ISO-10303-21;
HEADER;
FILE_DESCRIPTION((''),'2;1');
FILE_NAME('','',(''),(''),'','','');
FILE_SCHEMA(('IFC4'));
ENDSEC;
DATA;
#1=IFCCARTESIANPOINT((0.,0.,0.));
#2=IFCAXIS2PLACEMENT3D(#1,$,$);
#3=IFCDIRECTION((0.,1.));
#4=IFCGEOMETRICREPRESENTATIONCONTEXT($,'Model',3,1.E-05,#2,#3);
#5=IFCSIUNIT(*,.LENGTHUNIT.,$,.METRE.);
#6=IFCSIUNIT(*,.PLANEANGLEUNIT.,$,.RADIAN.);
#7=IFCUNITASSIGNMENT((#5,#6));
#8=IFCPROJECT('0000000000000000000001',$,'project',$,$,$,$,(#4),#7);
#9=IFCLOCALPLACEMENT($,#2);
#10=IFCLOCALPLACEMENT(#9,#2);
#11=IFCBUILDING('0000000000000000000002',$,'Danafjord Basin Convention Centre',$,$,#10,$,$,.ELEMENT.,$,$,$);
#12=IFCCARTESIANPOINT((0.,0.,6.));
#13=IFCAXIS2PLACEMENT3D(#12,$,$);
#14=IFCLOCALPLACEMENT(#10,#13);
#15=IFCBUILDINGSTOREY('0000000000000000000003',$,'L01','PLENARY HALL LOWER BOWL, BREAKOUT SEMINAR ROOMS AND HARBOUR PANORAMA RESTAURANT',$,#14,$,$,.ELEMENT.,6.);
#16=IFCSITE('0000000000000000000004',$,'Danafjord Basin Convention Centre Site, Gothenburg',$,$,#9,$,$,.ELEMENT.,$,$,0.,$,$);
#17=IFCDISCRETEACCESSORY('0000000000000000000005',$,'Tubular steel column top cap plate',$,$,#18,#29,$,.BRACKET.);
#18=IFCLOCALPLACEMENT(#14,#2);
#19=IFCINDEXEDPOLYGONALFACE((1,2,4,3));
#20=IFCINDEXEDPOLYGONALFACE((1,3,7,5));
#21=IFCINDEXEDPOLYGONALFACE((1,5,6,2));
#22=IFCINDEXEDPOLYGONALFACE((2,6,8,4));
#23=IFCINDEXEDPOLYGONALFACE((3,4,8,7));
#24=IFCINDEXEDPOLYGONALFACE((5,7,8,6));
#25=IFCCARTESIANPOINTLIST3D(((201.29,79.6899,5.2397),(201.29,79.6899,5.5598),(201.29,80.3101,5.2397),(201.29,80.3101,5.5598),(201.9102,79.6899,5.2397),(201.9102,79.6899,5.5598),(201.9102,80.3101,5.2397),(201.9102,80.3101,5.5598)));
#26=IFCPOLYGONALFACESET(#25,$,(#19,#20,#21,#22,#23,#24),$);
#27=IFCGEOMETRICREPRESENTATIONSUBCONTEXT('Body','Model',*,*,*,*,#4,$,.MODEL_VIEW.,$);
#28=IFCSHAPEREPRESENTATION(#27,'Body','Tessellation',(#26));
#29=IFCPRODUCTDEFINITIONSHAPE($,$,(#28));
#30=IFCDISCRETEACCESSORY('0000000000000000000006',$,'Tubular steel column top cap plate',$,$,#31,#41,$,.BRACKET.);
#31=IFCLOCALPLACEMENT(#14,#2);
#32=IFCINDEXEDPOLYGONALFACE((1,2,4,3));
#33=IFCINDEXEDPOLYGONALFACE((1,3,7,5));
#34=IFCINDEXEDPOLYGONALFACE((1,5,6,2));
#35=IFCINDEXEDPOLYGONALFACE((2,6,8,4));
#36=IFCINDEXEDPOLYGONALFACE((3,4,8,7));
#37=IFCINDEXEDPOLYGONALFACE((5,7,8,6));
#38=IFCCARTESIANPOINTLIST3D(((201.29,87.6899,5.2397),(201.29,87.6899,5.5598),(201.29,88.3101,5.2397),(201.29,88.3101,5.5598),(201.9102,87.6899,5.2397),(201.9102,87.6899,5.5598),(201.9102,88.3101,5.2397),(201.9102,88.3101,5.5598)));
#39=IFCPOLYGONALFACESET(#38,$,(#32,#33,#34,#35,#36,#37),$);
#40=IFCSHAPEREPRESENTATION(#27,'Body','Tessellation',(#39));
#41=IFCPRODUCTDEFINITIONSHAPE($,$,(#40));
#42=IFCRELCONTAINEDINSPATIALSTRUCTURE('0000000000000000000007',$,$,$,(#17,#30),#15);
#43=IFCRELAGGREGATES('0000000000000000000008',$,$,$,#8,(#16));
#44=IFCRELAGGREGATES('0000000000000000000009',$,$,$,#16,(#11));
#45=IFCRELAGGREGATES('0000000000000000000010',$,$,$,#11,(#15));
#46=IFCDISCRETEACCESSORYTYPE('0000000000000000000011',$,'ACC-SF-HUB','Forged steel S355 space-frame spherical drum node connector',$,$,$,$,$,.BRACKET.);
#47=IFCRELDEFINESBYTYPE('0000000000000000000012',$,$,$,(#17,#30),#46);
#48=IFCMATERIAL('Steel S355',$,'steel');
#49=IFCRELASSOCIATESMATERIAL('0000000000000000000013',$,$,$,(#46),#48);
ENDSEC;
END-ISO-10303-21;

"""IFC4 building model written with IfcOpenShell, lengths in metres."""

from ifc_helpers import new_model, si_unit, direction, frame, origin, origin_2d, place, context, subcontext, project, spatial, rectangle, extrude, material, type_object, element, save


model = new_model("IFC4")

# Units and contexts
model_context = context("Model", 3, precision=1e-05, world=origin(), true_north=direction((0.0, 1.0)))
body_context = subcontext(model_context, "Body", "Model", "MODEL_VIEW")
ifc_project = project(units=[si_unit("LENGTHUNIT", "METRE"), si_unit("PLANEANGLEUNIT", "RADIAN")], contexts=[model_context])

# Site, building, storey
site_placement = place(None, origin())
site = spatial("IfcSite", under=ifc_project, at=site_placement, Name="Danafjord Basin Convention Centre Site, Gothenburg", CompositionType="ELEMENT", RefElevation=0.0)
building_placement = place(site_placement, origin())
building = spatial("IfcBuilding", under=site, at=building_placement, Name="Danafjord Basin Convention Centre", CompositionType="ELEMENT")
storey_placement = place(building_placement, frame((0.0, 0.0, 6.0)))
storey = spatial("IfcBuildingStorey", under=building, at=storey_placement, Name="L01", Description="PLENARY HALL LOWER BOWL, BREAKOUT SEMINAR ROOMS AND HARBOUR PANORAMA RESTAURANT", CompositionType="ELEMENT", Elevation=6.0)

# Shared definitions
ifc_material_1 = material(Name="Steel S355", Category="steel")

# Discrete accessories
discrete_accessory_type = type_object("IfcDiscreteAccessoryType", Name="ACC-SF-HUB", Description="Forged steel S355 space-frame spherical drum node connector", PredefinedType="BRACKET", material=ifc_material_1)
for number, where, z_axis, x_axis, name in (
    (1, (201.6001, 80.0, 5.2397), (0.0, 0.0, 1.0), (1.0, 0.0, 0.0), "Tubular steel column top cap plate"),
    (2, (201.6001, 88.0, 5.2397), (0.0, 0.0, 1.0), (1.0, 0.0, 0.0), "Tubular steel column top cap plate"),
):
    element("IfcDiscreteAccessory", number, at=place(storey_placement, frame(where, z_axis=z_axis, x_axis=x_axis)), inside=storey, type_object=discrete_accessory_type, Name=name, PredefinedType="BRACKET", context=body_context, shape_type="SweptSolid", body=[
        extrude(rectangle(XDim=0.6201, YDim=0.6201, at=origin_2d()), origin(), (0.0, 0.0, 1.0), 0.3201),
    ])

save(model, "model.ifc")
